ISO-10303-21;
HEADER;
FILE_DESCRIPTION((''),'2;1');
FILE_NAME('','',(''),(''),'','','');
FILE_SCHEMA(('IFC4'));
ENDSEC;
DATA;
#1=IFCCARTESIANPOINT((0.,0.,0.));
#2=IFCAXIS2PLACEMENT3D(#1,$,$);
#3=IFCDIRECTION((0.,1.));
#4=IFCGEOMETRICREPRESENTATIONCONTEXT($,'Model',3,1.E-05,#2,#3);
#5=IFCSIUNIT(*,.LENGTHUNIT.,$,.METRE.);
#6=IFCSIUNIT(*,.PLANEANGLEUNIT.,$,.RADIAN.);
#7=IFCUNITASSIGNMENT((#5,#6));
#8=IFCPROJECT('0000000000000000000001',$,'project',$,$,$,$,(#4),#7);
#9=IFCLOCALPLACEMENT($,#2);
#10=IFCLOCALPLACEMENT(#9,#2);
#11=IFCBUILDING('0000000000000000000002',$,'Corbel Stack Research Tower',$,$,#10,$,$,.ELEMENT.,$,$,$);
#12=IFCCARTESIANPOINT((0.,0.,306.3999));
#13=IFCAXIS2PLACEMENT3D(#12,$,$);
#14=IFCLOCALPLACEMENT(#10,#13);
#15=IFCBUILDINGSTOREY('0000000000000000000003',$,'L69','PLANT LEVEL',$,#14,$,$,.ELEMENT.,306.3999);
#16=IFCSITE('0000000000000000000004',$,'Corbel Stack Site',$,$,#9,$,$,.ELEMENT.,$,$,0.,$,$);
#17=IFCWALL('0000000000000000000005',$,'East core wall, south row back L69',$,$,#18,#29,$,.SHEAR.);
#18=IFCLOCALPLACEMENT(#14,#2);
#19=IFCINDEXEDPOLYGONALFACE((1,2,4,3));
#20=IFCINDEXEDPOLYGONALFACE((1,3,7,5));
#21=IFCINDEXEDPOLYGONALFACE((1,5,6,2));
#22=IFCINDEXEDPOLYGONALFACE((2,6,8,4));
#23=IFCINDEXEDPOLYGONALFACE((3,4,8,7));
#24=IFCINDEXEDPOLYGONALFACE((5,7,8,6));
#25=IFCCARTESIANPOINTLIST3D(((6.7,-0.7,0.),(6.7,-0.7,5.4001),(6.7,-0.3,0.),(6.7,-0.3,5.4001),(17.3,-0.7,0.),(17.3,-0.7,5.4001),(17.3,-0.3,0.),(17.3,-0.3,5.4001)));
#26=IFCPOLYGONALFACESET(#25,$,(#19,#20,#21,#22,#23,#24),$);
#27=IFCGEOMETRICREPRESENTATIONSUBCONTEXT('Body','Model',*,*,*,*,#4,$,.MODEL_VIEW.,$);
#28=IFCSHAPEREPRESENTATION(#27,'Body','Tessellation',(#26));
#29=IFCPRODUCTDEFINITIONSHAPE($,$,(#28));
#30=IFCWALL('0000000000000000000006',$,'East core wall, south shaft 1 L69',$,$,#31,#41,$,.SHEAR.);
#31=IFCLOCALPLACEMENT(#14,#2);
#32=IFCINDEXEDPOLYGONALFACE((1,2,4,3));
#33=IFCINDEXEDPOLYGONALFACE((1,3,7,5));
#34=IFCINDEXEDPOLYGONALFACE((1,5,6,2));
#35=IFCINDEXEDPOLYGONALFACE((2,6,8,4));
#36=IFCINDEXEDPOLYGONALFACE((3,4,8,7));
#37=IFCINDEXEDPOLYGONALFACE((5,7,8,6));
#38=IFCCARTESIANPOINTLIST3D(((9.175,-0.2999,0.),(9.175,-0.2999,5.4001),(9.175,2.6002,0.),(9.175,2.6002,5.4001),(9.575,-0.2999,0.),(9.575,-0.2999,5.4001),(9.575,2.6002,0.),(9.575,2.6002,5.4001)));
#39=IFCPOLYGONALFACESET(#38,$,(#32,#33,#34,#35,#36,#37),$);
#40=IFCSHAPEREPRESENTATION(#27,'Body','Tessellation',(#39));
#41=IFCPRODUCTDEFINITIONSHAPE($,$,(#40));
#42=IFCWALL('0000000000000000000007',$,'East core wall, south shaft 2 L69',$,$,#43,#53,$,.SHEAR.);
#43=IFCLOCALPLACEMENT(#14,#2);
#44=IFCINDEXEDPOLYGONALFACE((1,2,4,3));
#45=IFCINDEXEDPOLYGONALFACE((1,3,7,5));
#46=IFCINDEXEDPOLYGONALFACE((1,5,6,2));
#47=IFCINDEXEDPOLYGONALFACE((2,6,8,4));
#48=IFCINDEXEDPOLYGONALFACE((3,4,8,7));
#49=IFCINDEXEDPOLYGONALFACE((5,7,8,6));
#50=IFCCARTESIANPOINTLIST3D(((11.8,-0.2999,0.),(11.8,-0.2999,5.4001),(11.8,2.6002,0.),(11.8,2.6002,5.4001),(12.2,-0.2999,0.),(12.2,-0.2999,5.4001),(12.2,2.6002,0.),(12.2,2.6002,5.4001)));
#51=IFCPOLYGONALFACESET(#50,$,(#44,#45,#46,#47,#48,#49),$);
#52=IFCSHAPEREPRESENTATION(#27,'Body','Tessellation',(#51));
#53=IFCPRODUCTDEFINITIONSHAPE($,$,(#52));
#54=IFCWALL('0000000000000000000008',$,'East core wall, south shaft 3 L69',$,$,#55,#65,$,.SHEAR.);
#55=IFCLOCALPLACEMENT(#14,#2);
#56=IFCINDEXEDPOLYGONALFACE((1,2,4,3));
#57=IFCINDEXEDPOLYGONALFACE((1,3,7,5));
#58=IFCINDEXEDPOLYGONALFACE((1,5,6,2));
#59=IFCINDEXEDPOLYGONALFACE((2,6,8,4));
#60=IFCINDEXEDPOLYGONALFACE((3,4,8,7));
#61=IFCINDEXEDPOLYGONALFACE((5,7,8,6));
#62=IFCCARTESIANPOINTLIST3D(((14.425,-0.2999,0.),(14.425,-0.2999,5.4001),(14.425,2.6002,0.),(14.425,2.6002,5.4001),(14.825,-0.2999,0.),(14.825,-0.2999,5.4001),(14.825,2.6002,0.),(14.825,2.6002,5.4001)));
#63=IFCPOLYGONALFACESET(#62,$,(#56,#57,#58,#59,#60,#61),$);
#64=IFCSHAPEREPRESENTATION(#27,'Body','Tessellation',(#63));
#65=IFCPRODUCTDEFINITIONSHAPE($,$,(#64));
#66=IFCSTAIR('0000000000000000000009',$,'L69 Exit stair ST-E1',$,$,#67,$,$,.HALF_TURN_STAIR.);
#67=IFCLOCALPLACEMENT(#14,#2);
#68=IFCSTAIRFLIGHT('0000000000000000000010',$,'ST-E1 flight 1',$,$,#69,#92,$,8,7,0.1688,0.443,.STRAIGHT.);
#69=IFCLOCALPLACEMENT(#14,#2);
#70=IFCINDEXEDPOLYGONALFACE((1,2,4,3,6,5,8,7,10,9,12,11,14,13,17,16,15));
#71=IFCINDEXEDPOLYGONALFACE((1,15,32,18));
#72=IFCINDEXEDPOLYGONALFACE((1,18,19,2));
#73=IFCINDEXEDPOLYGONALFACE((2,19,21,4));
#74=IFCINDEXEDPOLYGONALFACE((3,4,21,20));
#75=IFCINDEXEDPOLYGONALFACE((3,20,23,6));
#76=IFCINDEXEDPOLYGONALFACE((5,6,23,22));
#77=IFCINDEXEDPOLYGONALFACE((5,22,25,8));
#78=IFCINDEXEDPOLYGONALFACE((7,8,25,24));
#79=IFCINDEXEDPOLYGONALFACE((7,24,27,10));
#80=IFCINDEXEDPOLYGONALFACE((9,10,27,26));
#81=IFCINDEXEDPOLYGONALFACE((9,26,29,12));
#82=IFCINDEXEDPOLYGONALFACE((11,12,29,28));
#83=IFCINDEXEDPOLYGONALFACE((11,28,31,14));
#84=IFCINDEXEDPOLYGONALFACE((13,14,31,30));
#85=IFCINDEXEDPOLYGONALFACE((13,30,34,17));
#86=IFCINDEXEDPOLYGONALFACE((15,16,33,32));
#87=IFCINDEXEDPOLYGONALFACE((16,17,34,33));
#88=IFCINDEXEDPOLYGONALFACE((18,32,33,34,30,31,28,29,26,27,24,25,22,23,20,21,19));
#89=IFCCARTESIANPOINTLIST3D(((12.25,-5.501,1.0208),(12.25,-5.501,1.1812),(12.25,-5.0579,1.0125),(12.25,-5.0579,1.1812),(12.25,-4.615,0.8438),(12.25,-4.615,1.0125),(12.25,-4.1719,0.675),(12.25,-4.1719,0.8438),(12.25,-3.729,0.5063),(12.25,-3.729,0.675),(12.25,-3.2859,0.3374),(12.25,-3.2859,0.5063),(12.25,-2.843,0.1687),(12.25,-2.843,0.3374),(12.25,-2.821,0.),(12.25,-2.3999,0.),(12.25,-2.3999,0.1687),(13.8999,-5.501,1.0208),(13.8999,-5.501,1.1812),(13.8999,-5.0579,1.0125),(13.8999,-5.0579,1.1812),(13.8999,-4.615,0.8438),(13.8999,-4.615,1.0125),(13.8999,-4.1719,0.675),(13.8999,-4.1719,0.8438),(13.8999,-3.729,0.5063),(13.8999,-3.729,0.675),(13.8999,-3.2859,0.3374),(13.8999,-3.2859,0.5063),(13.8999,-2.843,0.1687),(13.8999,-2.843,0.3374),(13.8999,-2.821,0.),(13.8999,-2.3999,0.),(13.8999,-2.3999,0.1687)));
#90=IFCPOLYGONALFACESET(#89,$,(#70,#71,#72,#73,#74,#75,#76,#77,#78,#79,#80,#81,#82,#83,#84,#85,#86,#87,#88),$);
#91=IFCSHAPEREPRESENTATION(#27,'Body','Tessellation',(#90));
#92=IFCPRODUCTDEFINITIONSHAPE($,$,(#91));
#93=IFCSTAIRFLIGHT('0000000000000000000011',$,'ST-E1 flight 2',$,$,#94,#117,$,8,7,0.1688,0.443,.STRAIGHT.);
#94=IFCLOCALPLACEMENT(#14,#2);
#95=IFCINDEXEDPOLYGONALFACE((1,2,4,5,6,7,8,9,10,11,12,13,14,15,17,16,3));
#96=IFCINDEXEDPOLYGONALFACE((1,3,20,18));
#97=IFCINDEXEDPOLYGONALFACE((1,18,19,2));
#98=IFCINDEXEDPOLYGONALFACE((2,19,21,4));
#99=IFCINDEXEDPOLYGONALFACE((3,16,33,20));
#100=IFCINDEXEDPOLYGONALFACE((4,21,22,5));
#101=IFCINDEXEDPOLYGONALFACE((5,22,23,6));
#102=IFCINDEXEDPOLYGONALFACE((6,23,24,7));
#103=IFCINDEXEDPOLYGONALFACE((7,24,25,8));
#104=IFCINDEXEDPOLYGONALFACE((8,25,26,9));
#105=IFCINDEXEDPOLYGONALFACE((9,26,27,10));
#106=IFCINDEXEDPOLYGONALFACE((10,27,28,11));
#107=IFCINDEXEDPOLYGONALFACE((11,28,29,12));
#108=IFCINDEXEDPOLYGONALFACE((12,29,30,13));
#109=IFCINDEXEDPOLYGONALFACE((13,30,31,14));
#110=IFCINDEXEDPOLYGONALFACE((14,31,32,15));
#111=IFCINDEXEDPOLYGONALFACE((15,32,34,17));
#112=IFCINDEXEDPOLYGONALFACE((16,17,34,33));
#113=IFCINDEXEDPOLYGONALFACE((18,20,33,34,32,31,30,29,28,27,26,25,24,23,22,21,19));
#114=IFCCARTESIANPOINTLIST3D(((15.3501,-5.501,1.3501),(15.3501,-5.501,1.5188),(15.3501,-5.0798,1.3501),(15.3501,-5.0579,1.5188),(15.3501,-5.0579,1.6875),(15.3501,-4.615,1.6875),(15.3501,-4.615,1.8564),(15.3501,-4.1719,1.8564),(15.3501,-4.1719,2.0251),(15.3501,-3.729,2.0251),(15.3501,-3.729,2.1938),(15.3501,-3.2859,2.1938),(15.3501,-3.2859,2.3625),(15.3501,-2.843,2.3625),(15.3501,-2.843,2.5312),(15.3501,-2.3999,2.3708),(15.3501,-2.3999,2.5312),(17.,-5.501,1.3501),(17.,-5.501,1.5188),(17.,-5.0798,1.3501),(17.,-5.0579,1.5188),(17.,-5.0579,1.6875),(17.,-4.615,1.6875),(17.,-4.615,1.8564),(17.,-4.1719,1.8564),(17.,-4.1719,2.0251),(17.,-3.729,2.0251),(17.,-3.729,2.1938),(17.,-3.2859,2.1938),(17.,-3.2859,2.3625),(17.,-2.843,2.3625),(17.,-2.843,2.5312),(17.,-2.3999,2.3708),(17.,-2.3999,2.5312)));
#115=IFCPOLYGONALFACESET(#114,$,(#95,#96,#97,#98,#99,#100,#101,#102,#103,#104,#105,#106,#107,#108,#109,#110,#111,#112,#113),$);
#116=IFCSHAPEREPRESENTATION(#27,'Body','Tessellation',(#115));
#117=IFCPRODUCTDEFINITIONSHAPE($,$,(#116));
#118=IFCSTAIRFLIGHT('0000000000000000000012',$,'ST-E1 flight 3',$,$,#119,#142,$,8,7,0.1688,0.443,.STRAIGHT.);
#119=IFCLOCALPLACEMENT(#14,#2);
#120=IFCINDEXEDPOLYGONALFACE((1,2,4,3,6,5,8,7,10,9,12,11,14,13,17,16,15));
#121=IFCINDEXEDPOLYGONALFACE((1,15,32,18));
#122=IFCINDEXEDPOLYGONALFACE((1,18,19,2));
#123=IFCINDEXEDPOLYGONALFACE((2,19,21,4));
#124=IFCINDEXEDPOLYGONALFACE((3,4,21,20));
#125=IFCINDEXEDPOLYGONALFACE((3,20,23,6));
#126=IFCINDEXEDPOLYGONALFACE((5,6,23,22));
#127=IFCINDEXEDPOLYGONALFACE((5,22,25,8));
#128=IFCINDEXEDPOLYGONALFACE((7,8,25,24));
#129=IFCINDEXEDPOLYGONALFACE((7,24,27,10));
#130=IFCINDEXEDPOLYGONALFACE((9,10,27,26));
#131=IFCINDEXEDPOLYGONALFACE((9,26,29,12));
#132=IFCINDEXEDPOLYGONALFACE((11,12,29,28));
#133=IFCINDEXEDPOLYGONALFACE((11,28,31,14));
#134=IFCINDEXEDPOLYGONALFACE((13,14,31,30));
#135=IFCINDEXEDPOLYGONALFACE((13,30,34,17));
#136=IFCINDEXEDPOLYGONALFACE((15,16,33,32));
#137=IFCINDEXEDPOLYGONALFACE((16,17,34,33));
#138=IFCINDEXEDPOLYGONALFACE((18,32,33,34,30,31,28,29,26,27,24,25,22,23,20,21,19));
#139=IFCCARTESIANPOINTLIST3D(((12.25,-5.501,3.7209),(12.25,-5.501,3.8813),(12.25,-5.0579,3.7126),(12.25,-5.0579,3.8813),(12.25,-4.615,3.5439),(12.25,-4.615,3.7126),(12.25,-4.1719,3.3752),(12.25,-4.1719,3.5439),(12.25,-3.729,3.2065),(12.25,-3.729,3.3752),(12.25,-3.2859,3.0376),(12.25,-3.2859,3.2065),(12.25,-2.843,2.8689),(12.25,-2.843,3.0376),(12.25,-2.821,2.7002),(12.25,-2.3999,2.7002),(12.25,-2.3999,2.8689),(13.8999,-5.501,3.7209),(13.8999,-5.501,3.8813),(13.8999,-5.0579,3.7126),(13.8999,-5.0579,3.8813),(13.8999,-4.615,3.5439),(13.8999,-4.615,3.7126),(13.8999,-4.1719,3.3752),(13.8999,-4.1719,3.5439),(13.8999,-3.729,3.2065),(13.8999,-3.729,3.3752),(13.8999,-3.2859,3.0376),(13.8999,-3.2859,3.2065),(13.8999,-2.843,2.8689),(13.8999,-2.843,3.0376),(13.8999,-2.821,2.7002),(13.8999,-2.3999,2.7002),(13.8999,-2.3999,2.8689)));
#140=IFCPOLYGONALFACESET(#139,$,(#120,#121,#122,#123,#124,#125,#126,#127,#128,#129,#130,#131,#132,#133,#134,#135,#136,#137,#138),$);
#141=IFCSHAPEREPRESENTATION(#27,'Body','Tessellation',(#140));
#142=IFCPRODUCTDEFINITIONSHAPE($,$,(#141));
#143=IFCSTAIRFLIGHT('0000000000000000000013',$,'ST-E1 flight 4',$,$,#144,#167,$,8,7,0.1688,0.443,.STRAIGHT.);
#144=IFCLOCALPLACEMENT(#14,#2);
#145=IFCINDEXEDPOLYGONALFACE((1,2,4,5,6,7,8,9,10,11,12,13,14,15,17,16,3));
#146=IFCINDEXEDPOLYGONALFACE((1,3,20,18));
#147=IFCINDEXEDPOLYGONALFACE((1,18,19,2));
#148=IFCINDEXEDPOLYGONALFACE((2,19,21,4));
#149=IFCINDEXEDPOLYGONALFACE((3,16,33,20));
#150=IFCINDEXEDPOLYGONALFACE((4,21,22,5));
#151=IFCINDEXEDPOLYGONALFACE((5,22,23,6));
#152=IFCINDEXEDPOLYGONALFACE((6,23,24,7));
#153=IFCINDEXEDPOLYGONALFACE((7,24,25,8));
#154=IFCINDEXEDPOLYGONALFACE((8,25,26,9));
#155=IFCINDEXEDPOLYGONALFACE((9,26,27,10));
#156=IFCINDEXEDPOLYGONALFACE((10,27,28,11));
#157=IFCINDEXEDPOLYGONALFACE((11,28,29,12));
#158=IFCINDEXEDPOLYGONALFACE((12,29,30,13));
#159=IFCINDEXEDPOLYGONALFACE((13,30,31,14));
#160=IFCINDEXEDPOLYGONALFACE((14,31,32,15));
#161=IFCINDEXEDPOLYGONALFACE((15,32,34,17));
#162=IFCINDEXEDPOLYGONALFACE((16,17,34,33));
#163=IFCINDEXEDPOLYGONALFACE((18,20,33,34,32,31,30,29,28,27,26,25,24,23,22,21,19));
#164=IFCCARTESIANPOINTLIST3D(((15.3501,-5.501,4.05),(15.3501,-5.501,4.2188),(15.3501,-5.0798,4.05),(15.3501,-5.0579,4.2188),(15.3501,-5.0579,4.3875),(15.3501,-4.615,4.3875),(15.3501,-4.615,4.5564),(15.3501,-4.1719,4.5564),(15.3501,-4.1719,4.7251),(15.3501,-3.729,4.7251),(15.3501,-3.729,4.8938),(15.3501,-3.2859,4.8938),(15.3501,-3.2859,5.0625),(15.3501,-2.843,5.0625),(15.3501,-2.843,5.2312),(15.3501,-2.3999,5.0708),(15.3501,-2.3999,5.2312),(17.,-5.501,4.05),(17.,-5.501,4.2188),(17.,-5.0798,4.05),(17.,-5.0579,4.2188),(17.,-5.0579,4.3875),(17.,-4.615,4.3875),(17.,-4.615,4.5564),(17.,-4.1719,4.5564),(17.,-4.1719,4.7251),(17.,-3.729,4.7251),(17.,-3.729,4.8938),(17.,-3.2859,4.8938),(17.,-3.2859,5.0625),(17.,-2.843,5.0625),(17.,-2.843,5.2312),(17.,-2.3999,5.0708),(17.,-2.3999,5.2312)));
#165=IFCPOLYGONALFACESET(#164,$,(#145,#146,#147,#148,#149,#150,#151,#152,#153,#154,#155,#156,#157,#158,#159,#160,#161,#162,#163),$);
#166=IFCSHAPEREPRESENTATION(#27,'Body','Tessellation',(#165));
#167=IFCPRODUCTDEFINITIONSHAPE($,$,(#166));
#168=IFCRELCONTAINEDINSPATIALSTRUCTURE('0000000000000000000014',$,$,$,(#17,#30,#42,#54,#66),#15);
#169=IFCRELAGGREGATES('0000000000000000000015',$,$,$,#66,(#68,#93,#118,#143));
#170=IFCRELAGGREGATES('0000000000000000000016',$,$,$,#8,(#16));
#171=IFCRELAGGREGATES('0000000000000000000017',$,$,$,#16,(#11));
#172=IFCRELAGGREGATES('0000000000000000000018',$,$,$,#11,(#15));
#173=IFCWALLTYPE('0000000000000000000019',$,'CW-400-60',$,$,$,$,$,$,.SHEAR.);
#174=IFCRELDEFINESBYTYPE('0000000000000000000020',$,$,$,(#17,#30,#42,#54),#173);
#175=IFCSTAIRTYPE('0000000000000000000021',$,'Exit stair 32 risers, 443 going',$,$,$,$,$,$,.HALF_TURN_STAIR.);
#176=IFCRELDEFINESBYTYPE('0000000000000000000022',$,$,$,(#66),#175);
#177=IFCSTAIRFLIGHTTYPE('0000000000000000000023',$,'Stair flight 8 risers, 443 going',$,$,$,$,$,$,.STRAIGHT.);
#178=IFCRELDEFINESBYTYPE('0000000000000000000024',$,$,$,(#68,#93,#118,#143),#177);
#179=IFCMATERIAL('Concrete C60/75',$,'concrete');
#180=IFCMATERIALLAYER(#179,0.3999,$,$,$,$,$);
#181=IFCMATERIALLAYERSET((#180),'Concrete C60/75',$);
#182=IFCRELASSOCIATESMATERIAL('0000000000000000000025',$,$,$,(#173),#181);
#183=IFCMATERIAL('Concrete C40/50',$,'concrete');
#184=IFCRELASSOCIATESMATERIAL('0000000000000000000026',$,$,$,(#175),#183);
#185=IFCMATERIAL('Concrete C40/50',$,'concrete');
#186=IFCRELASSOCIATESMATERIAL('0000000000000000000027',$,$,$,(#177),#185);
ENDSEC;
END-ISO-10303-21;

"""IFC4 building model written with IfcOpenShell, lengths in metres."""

from ifc_helpers import new_model, si_unit, direction, frame, frame_2d, origin, place, context, subcontext, project, spatial, polyline, rectangle, outline, extrude, material, layer, layer_set, type_object, element, aggregate, save


model = new_model("IFC4")

# Units and contexts
model_context = context("Model", 3, precision=1e-05, world=origin(), true_north=direction((0.0, 1.0)))
body_context = subcontext(model_context, "Body", "Model", "MODEL_VIEW")
ifc_project = project(units=[si_unit("LENGTHUNIT", "METRE"), si_unit("PLANEANGLEUNIT", "RADIAN")], contexts=[model_context])

# Site, building, storey
site_placement = place(None, origin())
site = spatial("IfcSite", under=ifc_project, at=site_placement, Name="Corbel Stack Site", CompositionType="ELEMENT", RefElevation=0.0)
building_placement = place(site_placement, origin())
building = spatial("IfcBuilding", under=site, at=building_placement, Name="Corbel Stack Research Tower", CompositionType="ELEMENT")
storey_placement = place(building_placement, frame((0.0, 0.0, 306.3999)))
storey = spatial("IfcBuildingStorey", under=building, at=storey_placement, Name="L69", Description="PLANT LEVEL", CompositionType="ELEMENT", Elevation=306.3999)

# Walls
ifc_material_1 = material(Name="Concrete C60/75", Category="concrete")
ifc_layer = layer(ifc_material_1, 0.3999)
ifc_layer_set = layer_set([ifc_layer], Name="Concrete C60/75")
wall_type = type_object("IfcWallType", Name="CW-400-60", PredefinedType="SHEAR", material=ifc_layer_set)
wall_placement = place(storey_placement, frame((6.7, -0.5, 0.0), z_axis=(0.0, 0.0, 1.0), x_axis=(1.0, 0.0, 0.0)))
element("IfcWall", 1, at=wall_placement, inside=storey, type_object=wall_type, Name="East core wall, south row back L69", PredefinedType="SHEAR", context=body_context, shape_type="SweptSolid", body=[
    extrude(rectangle(XDim=10.6001, YDim=0.3999, at=frame_2d((5.3, 0.0))), origin(), (0.0, 0.0, 1.0), 5.4001),
])
for number, where, z_axis, x_axis, name in (
    (2, (9.375, -0.3, 0.0), (0.0, 0.0, 1.0), (0.0, 1.0, 0.0), "East core wall, south shaft 1 L69"),
    (3, (12.0, -0.3, 0.0), (0.0, 0.0, 1.0), (0.0, 1.0, 0.0), "East core wall, south shaft 2 L69"),
    (4, (14.625, -0.3, 0.0), (0.0, 0.0, 1.0), (0.0, 1.0, 0.0), "East core wall, south shaft 3 L69"),
):
    element("IfcWall", number, at=place(storey_placement, frame(where, z_axis=z_axis, x_axis=x_axis)), inside=storey, type_object=wall_type, Name=name, PredefinedType="SHEAR", context=body_context, shape_type="SweptSolid", body=[
        extrude(rectangle(XDim=2.9001, YDim=0.3999, at=frame_2d((1.4502, 0.0))), origin(), (0.0, 0.0, 1.0), 5.4001),
    ])

# Stair, stair flights
ifc_material_2 = material(Name="Concrete C40/50", Category="concrete")
stair_type = type_object("IfcStairType", Name="Exit stair 32 risers, 443 going", PredefinedType="HALF_TURN_STAIR", material=ifc_material_2)
stair_placement = place(storey_placement, origin())
stair = element("IfcStair", 5, at=stair_placement, inside=storey, type_object=stair_type, Name="L69 Exit stair ST-E1", PredefinedType="HALF_TURN_STAIR")
ifc_material_3 = material(Name="Concrete C40/50", Category="concrete")
stair_flight_type = type_object("IfcStairFlightType", Name="Stair flight 8 risers, 443 going", PredefinedType="STRAIGHT", material=ifc_material_3)
stair_flight_1_placement = place(storey_placement, frame((13.075, -2.3999, 0.0), z_axis=(0.0, 0.0, 1.0), x_axis=(0.0, -1.0, 0.0)))
stair_flight_1 = element("IfcStairFlight", 6, at=stair_flight_1_placement, type_object=stair_flight_type, Name="ST-E1 flight 1", NumberOfRisers=8, NumberOfTreads=7, PredefinedType="STRAIGHT", RiserHeight=0.1688, TreadLength=0.443, context=body_context, shape_type="SweptSolid", body=[
    extrude(outline(polyline([(0.0, 0.0), (0.0, 0.1687), (0.4431, 0.1687), (0.4431, 0.3374), (0.886, 0.3374), (0.886, 0.5063), (1.3291, 0.5063), (1.3291, 0.675), (1.772, 0.675), (1.772, 0.8438), (2.2151, 0.8438), (2.2151, 1.0125), (2.658, 1.0125), (2.658, 1.1812), (3.1011, 1.1812), (3.1011, 1.3501), (3.1011, 1.0208), (0.4211, 0.0), (0.0, 0.0)])), frame((0.0, 0.825, 0.0), z_axis=(0.0, -1.0, 0.0), x_axis=(1.0, 0.0, 0.0)), (0.0, 0.0, 1.0), 1.6499),
])
stair_flight_2_placement = place(storey_placement, frame((16.175, -5.501, 1.3501), z_axis=(0.0, 0.0, 1.0), x_axis=(0.0, 1.0, 0.0)))
stair_flight_2 = element("IfcStairFlight", 7, at=stair_flight_2_placement, type_object=stair_flight_type, Name="ST-E1 flight 2", NumberOfRisers=8, NumberOfTreads=7, PredefinedType="STRAIGHT", RiserHeight=0.1688, TreadLength=0.443, context=body_context, shape_type="SweptSolid", body=[
    extrude(outline(polyline([(0.0, 0.0), (0.0, 0.1687), (0.4431, 0.1687), (0.4431, 0.3374), (0.886, 0.3374), (0.886, 0.5063), (1.3291, 0.5063), (1.3291, 0.675), (1.772, 0.675), (1.772, 0.8438), (2.2151, 0.8438), (2.2151, 1.0125), (2.658, 1.0125), (2.658, 1.1812), (3.1011, 1.1812), (3.1011, 1.3501), (3.1011, 1.0208), (0.4211, 0.0), (0.0, 0.0)])), frame((0.0, 0.825, 0.0), z_axis=(0.0, -1.0, 0.0), x_axis=(1.0, 0.0, 0.0)), (0.0, 0.0, 1.0), 1.6499),
])
stair_flight_3_placement = place(storey_placement, frame((13.075, -2.3999, 2.7002), z_axis=(0.0, 0.0, 1.0), x_axis=(0.0, -1.0, 0.0)))
stair_flight_3 = element("IfcStairFlight", 8, at=stair_flight_3_placement, type_object=stair_flight_type, Name="ST-E1 flight 3", NumberOfRisers=8, NumberOfTreads=7, PredefinedType="STRAIGHT", RiserHeight=0.1688, TreadLength=0.443, context=body_context, shape_type="SweptSolid", body=[
    extrude(outline(polyline([(0.0, 0.0), (0.0, 0.1687), (0.4431, 0.1687), (0.4431, 0.3374), (0.886, 0.3374), (0.886, 0.5063), (1.3291, 0.5063), (1.3291, 0.675), (1.772, 0.675), (1.772, 0.8438), (2.2151, 0.8438), (2.2151, 1.0125), (2.658, 1.0125), (2.658, 1.1812), (3.1011, 1.1812), (3.1011, 1.3501), (3.1011, 1.0208), (0.4211, 0.0), (0.0, 0.0)])), frame((0.0, 0.825, 0.0), z_axis=(0.0, -1.0, 0.0), x_axis=(1.0, 0.0, 0.0)), (0.0, 0.0, 1.0), 1.6499),
])
stair_flight_4_placement = place(storey_placement, frame((16.175, -5.501, 4.05), z_axis=(0.0, 0.0, 1.0), x_axis=(0.0, 1.0, 0.0)))
stair_flight_4 = element("IfcStairFlight", 9, at=stair_flight_4_placement, type_object=stair_flight_type, Name="ST-E1 flight 4", NumberOfRisers=8, NumberOfTreads=7, PredefinedType="STRAIGHT", RiserHeight=0.1688, TreadLength=0.443, context=body_context, shape_type="SweptSolid", body=[
    extrude(outline(polyline([(0.0, 0.0), (0.0, 0.1687), (0.4431, 0.1687), (0.4431, 0.3374), (0.886, 0.3374), (0.886, 0.5063), (1.3291, 0.5063), (1.3291, 0.675), (1.772, 0.675), (1.772, 0.8438), (2.2151, 0.8438), (2.2151, 1.0125), (2.658, 1.0125), (2.658, 1.1812), (3.1011, 1.1812), (3.1011, 1.3501), (3.1011, 1.0208), (0.4211, 0.0), (0.0, 0.0)])), frame((0.0, 0.825, 0.0), z_axis=(0.0, -1.0, 0.0), x_axis=(1.0, 0.0, 0.0)), (0.0, 0.0, 1.0), 1.6499),
])
aggregate(stair, [stair_flight_1, stair_flight_2, stair_flight_3, stair_flight_4])

save(model, "model.ifc")
